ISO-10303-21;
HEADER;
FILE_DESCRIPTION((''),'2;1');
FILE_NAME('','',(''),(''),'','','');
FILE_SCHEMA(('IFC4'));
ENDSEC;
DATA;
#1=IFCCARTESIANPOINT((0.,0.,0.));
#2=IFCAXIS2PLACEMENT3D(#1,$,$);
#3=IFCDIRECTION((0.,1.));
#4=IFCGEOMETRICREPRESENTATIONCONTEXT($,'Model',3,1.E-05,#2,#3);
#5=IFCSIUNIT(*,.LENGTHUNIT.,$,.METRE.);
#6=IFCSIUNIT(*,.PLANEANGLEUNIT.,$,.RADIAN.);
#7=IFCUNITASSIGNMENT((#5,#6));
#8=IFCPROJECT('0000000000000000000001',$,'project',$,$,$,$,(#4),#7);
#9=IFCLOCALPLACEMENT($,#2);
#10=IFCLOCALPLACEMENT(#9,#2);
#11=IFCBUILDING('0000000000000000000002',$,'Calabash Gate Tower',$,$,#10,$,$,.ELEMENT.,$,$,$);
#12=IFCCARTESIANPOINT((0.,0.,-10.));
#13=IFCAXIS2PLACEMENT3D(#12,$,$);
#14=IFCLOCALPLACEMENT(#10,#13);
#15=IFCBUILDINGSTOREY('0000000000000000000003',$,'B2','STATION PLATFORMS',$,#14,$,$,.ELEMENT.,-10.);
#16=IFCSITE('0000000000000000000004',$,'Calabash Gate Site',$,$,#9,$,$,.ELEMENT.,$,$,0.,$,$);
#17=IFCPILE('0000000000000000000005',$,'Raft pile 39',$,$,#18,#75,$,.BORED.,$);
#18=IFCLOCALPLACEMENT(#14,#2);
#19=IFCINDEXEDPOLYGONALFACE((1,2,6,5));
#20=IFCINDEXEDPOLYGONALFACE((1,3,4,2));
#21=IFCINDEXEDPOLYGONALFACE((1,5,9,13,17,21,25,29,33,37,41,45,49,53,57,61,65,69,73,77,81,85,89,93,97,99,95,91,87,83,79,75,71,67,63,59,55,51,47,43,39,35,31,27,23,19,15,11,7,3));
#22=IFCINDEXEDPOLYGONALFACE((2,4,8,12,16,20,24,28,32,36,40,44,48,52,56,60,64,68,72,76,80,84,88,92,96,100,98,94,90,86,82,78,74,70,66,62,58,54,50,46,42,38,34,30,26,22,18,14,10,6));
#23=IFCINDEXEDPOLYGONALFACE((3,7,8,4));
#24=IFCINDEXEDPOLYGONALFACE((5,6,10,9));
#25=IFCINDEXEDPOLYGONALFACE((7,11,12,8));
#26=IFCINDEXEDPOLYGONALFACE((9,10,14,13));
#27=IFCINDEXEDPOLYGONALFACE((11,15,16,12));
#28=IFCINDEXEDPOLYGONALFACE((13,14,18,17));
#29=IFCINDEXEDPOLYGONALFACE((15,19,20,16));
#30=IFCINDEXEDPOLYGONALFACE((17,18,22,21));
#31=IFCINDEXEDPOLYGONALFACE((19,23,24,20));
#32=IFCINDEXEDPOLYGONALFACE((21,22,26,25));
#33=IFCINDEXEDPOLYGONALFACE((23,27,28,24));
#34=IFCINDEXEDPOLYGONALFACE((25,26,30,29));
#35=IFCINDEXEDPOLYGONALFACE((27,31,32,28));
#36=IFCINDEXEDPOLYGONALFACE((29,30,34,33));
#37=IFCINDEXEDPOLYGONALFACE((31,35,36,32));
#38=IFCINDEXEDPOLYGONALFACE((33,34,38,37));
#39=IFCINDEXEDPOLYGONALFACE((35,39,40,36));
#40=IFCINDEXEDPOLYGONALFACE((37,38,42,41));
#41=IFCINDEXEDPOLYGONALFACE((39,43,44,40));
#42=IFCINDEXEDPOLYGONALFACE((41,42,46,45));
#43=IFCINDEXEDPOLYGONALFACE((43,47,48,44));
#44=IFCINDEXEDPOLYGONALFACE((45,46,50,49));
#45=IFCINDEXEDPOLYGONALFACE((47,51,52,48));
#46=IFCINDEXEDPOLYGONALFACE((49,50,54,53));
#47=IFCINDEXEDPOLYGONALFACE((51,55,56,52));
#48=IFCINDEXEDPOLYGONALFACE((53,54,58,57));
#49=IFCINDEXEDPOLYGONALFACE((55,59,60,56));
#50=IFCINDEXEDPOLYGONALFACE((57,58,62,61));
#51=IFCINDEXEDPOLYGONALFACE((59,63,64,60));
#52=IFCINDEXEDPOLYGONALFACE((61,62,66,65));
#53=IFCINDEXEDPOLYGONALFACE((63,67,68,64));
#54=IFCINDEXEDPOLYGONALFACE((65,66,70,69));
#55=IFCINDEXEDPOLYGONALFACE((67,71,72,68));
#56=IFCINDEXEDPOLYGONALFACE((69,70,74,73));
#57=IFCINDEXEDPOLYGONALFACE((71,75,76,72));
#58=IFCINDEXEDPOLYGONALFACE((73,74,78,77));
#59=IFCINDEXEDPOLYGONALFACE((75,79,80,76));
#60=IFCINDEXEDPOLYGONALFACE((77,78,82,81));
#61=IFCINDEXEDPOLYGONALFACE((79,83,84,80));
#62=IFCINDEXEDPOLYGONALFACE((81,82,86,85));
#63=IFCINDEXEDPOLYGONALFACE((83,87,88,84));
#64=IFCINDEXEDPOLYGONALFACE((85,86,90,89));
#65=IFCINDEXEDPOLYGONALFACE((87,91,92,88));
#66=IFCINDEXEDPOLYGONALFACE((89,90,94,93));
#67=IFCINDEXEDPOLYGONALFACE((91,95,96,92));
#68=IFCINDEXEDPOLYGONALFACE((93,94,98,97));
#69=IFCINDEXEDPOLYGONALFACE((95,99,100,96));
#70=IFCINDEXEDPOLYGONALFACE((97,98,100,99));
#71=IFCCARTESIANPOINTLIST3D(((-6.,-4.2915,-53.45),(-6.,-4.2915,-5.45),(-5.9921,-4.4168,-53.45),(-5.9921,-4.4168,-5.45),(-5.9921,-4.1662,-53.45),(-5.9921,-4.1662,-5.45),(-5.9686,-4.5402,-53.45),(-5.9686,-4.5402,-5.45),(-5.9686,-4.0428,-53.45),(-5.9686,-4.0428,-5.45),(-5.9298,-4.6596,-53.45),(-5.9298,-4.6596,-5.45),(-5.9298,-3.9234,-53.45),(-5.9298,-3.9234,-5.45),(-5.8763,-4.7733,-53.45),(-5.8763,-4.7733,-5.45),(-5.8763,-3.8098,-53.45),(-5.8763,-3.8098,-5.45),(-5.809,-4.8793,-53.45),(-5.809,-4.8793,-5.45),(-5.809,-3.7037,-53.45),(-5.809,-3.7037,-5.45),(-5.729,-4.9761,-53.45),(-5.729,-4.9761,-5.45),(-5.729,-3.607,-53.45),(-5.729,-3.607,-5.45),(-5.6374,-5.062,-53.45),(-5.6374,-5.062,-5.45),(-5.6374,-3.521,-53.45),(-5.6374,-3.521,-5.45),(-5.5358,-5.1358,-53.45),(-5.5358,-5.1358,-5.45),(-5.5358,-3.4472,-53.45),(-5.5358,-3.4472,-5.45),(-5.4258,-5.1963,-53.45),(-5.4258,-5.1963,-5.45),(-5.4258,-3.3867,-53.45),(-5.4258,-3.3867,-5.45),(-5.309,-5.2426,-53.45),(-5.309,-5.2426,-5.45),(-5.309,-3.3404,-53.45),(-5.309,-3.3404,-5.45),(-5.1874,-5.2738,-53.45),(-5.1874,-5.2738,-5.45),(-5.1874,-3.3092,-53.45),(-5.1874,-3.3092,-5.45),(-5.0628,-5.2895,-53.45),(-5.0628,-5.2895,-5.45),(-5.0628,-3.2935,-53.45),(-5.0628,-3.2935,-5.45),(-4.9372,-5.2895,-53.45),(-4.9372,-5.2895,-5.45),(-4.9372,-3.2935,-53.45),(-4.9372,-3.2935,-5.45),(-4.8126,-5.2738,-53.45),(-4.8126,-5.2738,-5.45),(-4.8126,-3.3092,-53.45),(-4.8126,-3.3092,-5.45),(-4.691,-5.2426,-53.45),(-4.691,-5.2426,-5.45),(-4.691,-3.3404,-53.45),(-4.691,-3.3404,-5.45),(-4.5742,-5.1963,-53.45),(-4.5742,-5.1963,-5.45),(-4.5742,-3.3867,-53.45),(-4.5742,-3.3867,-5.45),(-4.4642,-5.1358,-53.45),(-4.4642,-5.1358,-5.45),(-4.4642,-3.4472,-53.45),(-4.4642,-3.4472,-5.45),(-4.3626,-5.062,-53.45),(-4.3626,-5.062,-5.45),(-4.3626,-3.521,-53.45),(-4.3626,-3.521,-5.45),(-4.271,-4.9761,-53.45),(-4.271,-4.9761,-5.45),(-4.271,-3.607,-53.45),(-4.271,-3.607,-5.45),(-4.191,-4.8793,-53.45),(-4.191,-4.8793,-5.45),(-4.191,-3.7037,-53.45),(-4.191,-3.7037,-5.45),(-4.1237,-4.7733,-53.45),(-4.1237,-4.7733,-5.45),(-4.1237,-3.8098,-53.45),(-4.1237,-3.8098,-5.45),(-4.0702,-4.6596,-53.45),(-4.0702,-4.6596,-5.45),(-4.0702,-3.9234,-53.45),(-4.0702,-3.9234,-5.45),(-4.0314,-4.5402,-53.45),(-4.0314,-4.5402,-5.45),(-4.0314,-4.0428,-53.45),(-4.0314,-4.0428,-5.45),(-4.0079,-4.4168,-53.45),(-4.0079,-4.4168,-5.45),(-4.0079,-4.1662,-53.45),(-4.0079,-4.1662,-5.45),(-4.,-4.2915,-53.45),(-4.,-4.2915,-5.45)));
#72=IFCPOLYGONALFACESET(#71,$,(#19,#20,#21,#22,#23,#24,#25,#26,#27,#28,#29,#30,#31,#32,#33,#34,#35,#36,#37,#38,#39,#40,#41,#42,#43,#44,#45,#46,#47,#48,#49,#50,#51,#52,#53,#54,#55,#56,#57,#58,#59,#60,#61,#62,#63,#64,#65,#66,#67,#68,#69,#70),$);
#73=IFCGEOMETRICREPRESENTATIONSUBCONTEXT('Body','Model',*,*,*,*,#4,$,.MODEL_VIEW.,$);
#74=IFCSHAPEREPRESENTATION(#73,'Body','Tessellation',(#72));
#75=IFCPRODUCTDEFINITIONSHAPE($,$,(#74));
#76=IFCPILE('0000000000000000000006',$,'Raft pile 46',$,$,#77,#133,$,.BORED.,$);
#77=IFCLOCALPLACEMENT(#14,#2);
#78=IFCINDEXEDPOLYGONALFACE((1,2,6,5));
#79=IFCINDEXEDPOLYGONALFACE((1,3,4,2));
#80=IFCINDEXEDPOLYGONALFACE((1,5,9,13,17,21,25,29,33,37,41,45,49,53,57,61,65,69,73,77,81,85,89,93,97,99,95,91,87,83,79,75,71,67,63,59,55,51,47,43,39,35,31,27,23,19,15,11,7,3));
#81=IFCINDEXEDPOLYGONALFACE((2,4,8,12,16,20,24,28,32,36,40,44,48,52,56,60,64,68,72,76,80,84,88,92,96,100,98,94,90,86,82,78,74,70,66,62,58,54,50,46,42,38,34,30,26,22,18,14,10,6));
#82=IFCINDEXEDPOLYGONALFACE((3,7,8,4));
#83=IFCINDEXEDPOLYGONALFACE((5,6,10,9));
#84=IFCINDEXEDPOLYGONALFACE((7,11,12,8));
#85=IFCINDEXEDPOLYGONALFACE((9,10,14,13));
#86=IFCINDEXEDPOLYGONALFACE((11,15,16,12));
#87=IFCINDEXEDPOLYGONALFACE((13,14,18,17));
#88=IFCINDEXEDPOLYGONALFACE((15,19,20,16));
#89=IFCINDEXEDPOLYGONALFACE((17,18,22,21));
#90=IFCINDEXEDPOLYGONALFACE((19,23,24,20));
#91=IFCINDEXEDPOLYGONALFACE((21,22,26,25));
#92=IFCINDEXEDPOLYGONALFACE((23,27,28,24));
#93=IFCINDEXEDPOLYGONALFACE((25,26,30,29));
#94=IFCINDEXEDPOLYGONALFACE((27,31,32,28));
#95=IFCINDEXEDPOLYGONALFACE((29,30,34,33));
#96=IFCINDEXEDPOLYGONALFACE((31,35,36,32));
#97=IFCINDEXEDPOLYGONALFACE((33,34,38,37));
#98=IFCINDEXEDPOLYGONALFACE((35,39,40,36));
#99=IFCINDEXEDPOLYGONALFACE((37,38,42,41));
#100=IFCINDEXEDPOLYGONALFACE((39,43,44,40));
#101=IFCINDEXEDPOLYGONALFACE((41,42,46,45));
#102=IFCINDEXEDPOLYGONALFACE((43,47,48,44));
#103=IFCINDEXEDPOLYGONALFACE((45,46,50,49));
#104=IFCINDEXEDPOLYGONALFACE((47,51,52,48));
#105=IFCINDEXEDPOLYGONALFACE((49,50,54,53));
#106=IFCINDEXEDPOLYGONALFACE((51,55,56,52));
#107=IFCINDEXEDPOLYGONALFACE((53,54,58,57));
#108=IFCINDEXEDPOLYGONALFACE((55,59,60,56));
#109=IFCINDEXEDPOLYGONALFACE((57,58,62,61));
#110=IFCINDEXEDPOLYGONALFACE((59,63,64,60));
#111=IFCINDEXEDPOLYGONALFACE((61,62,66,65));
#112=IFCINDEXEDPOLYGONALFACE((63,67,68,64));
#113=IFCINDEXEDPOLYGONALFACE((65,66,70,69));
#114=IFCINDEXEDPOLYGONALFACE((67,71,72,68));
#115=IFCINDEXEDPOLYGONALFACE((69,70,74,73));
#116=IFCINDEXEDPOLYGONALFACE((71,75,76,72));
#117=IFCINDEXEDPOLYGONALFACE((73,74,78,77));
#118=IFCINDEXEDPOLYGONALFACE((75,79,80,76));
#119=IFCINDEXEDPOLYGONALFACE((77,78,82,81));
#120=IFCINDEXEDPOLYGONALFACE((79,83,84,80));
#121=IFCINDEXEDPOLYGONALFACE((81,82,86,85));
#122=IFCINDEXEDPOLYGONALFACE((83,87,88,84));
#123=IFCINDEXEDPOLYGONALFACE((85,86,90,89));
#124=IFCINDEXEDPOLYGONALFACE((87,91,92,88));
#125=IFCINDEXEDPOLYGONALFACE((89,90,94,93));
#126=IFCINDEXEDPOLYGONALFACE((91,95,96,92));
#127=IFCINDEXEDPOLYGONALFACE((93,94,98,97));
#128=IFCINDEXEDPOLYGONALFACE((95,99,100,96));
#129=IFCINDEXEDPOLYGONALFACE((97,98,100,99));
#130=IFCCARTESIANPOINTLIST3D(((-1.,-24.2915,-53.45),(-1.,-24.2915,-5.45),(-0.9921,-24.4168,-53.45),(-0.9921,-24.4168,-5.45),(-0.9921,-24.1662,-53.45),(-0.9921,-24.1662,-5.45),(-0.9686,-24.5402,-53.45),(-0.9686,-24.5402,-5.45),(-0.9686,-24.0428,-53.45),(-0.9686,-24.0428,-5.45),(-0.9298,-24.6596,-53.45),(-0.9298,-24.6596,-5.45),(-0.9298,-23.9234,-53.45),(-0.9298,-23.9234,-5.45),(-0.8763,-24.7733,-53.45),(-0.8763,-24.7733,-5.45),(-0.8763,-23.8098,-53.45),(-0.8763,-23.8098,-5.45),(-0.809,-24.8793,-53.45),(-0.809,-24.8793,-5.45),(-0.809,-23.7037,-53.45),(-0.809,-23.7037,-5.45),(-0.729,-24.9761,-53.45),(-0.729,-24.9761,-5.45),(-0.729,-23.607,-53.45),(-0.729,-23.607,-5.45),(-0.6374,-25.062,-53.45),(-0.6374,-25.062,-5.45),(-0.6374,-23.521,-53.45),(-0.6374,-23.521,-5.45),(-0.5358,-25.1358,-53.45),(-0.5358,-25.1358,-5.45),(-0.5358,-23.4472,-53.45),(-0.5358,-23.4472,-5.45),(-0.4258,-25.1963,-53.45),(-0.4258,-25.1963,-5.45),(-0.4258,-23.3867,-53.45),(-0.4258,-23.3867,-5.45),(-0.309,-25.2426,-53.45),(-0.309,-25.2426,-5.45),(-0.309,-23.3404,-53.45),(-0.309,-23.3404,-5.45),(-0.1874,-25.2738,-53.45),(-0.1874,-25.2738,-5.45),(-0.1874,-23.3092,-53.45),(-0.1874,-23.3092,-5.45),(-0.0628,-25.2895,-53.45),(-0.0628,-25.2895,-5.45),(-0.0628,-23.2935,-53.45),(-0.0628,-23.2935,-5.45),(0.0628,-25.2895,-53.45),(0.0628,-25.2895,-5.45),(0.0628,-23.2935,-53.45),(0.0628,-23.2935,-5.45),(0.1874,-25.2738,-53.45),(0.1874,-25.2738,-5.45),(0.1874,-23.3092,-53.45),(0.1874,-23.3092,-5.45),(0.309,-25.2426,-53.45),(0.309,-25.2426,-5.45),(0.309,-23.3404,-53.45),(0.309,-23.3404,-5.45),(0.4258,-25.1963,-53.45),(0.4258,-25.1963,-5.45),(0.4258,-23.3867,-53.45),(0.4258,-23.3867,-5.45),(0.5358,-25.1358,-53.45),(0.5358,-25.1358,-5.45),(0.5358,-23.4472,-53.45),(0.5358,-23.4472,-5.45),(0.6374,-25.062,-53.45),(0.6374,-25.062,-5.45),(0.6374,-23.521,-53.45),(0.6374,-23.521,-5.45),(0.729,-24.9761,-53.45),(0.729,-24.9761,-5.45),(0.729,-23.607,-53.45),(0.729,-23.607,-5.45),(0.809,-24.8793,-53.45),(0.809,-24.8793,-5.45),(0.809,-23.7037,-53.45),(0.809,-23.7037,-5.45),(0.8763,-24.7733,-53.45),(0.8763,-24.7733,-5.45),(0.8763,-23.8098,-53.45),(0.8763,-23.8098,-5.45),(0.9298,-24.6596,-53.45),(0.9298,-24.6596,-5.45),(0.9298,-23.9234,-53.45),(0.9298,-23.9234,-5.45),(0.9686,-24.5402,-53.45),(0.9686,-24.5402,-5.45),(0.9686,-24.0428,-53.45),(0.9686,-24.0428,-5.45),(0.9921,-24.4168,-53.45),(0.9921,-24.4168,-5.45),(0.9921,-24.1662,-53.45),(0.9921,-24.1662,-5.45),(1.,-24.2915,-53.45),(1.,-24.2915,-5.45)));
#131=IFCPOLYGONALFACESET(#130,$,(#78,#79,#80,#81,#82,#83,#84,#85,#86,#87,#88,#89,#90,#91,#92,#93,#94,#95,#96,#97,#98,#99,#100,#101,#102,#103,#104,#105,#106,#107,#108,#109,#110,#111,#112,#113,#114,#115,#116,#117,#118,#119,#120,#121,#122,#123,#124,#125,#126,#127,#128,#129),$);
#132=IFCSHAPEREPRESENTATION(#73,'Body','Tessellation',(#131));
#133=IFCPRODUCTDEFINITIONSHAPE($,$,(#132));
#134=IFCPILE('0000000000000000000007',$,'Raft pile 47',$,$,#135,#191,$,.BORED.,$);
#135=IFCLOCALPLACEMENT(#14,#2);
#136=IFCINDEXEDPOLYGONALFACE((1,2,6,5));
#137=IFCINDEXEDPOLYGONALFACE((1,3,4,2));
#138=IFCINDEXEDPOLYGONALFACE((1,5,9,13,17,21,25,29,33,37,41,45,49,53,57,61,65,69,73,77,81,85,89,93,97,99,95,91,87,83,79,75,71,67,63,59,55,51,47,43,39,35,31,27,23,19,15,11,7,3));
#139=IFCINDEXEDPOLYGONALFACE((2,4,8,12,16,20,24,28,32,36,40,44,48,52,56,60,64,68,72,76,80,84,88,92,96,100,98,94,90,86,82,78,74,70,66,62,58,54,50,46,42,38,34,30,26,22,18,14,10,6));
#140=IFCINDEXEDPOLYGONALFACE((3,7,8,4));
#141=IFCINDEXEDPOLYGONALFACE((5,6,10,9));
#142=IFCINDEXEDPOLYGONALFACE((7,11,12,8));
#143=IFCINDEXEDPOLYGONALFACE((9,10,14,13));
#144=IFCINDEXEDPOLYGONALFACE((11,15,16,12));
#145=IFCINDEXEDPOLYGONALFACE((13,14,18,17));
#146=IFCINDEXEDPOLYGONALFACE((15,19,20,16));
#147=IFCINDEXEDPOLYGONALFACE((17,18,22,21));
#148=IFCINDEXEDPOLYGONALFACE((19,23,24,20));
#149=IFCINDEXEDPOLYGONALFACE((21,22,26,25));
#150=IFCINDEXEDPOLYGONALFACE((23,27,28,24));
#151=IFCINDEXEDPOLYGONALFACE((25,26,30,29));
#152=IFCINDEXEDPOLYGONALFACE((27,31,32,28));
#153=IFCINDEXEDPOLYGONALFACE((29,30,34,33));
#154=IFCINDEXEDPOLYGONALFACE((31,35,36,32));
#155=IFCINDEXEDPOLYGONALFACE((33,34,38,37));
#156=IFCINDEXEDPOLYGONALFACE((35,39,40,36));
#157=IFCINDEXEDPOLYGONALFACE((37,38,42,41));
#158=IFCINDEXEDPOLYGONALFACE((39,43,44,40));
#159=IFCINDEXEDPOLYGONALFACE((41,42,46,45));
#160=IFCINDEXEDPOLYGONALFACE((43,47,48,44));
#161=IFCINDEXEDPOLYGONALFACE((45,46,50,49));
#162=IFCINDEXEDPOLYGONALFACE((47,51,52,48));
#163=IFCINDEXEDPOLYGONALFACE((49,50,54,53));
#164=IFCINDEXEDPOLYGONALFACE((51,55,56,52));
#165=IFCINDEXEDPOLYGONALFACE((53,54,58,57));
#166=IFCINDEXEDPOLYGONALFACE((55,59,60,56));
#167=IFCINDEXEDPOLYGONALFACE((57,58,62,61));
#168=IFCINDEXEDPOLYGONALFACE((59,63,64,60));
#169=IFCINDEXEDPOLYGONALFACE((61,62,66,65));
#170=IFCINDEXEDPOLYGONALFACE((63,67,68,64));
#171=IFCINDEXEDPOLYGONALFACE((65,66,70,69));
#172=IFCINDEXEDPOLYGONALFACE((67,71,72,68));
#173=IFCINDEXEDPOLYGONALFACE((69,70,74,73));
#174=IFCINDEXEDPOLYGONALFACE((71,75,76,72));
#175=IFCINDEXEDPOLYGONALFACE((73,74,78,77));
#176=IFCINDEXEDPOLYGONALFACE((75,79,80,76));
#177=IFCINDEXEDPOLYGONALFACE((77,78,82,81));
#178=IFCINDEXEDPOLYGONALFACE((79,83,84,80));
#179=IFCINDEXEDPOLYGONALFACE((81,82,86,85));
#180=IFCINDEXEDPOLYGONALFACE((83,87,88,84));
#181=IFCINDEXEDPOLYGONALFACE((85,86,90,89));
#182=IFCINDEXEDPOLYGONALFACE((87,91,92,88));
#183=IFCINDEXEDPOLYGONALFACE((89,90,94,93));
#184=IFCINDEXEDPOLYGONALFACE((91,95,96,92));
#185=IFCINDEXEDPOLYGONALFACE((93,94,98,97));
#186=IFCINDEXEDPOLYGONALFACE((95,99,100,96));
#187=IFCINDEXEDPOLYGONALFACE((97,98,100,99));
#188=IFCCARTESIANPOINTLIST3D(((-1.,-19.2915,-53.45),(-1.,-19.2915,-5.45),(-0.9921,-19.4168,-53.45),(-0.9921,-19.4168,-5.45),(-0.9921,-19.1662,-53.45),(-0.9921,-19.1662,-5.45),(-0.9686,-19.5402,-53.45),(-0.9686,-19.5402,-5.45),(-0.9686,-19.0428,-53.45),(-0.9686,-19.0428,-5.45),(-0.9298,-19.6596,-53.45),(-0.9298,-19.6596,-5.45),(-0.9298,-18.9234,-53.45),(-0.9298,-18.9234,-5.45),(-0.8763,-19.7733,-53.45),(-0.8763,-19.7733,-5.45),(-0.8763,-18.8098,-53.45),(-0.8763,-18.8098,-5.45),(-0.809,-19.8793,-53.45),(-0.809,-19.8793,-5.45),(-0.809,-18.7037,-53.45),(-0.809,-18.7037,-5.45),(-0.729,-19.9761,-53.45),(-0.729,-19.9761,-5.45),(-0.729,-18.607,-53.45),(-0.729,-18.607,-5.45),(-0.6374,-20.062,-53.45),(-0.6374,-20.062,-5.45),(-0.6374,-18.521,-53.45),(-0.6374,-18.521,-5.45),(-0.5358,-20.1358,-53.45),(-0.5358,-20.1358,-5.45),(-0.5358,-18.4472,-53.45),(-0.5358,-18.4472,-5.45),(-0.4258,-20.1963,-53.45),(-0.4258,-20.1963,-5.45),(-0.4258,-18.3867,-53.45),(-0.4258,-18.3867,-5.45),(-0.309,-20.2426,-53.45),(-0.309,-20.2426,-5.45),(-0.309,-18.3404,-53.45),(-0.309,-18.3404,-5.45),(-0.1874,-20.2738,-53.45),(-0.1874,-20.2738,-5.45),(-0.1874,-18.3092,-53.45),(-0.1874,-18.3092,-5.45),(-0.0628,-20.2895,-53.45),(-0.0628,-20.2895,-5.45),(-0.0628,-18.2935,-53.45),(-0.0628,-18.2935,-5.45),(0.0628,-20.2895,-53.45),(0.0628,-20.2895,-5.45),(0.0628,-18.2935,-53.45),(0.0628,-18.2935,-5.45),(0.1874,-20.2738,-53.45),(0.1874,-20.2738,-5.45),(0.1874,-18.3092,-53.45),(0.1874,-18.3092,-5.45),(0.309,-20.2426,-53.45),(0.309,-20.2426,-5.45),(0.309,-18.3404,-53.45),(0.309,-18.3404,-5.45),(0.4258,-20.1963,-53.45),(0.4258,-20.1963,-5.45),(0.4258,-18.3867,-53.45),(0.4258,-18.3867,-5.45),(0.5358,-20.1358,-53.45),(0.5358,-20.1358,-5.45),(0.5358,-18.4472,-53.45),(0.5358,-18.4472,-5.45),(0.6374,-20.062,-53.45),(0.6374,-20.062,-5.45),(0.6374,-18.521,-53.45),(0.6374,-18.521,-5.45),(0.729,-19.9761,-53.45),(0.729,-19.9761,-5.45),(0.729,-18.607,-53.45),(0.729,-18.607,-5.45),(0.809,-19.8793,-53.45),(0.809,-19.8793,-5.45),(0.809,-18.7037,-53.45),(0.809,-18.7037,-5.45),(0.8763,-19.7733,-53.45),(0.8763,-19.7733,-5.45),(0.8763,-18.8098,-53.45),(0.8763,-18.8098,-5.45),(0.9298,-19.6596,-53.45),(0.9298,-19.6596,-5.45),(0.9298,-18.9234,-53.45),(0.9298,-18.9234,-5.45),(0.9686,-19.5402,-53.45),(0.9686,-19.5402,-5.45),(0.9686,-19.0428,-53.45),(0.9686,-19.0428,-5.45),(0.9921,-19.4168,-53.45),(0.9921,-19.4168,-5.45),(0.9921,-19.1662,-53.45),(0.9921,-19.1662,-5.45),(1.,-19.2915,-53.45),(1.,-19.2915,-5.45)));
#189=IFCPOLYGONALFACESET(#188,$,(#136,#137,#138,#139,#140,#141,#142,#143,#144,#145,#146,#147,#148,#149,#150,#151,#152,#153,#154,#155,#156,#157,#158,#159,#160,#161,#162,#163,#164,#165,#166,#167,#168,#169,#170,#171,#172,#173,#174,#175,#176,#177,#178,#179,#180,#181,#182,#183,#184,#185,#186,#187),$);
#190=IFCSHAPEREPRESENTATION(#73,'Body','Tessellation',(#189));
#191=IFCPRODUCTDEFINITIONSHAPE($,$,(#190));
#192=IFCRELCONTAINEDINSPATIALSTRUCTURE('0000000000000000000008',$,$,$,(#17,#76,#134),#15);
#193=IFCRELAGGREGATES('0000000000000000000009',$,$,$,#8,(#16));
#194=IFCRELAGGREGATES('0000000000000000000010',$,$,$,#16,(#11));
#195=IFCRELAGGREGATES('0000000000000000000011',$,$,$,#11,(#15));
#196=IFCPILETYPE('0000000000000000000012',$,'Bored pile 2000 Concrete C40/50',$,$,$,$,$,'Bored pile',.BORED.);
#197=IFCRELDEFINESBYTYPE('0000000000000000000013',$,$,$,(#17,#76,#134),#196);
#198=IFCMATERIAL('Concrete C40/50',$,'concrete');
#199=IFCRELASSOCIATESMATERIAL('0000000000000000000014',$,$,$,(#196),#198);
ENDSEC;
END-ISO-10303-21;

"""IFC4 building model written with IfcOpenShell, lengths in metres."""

from ifc_helpers import new_model, si_unit, direction, frame, origin, origin_2d, place, context, subcontext, project, spatial, circle, extrude, material, material_profile, profile_set, type_object, element, save


model = new_model("IFC4")

# Units and contexts
model_context = context("Model", 3, precision=1e-05, world=origin(), true_north=direction((0.0, 1.0)))
body_context = subcontext(model_context, "Body", "Model", "MODEL_VIEW")
ifc_project = project(units=[si_unit("LENGTHUNIT", "METRE"), si_unit("PLANEANGLEUNIT", "RADIAN")], contexts=[model_context])

# Site, building, storey
site_placement = place(None, origin())
site = spatial("IfcSite", under=ifc_project, at=site_placement, Name="Calabash Gate Site", CompositionType="ELEMENT", RefElevation=0.0)
building_placement = place(site_placement, origin())
building = spatial("IfcBuilding", under=site, at=building_placement, Name="Calabash Gate Tower", CompositionType="ELEMENT")
storey_placement = place(building_placement, frame((0.0, 0.0, -10.0)))
storey = spatial("IfcBuildingStorey", under=building, at=storey_placement, Name="B2", Description="STATION PLATFORMS", CompositionType="ELEMENT", Elevation=-10.0)

# Piles
ifc_material_1 = material(Name="Concrete C40/50", Category="concrete")
ifc_material_profile_1 = material_profile(ifc_material_1, circle(Radius=1.0, at=origin_2d()))
ifc_profile_set_1 = profile_set([ifc_material_profile_1], Name="Concrete C40/50")
pile_type_1 = type_object("IfcPileType", Name="Bored pile 2000 Concrete C40/50", ElementType="Bored pile", PredefinedType="BORED", material=ifc_profile_set_1)
for number, where, z_axis, x_axis, name in (
    (1, (-5.0, -4.2915, -5.45), (0.0, 0.0, -1.0), (1.0, 0.0, 0.0), "Raft pile 39"),
    (2, (0.0, -24.2915, -5.45), (0.0, 0.0, -1.0), (1.0, 0.0, 0.0), "Raft pile 46"),
    (3, (0.0, -19.2915, -5.45), (0.0, 0.0, -1.0), (1.0, 0.0, 0.0), "Raft pile 47"),
):
    element("IfcPile", number, at=place(storey_placement, frame(where, z_axis=z_axis, x_axis=x_axis)), inside=storey, type_object=pile_type_1, Name=name, PredefinedType="BORED", context=body_context, shape_type="SweptSolid", body=[
        extrude(circle(Radius=1.0, at=origin_2d()), origin(), (0.0, 0.0, 1.0), 48.0),
    ])

save(model, "model.ifc")
